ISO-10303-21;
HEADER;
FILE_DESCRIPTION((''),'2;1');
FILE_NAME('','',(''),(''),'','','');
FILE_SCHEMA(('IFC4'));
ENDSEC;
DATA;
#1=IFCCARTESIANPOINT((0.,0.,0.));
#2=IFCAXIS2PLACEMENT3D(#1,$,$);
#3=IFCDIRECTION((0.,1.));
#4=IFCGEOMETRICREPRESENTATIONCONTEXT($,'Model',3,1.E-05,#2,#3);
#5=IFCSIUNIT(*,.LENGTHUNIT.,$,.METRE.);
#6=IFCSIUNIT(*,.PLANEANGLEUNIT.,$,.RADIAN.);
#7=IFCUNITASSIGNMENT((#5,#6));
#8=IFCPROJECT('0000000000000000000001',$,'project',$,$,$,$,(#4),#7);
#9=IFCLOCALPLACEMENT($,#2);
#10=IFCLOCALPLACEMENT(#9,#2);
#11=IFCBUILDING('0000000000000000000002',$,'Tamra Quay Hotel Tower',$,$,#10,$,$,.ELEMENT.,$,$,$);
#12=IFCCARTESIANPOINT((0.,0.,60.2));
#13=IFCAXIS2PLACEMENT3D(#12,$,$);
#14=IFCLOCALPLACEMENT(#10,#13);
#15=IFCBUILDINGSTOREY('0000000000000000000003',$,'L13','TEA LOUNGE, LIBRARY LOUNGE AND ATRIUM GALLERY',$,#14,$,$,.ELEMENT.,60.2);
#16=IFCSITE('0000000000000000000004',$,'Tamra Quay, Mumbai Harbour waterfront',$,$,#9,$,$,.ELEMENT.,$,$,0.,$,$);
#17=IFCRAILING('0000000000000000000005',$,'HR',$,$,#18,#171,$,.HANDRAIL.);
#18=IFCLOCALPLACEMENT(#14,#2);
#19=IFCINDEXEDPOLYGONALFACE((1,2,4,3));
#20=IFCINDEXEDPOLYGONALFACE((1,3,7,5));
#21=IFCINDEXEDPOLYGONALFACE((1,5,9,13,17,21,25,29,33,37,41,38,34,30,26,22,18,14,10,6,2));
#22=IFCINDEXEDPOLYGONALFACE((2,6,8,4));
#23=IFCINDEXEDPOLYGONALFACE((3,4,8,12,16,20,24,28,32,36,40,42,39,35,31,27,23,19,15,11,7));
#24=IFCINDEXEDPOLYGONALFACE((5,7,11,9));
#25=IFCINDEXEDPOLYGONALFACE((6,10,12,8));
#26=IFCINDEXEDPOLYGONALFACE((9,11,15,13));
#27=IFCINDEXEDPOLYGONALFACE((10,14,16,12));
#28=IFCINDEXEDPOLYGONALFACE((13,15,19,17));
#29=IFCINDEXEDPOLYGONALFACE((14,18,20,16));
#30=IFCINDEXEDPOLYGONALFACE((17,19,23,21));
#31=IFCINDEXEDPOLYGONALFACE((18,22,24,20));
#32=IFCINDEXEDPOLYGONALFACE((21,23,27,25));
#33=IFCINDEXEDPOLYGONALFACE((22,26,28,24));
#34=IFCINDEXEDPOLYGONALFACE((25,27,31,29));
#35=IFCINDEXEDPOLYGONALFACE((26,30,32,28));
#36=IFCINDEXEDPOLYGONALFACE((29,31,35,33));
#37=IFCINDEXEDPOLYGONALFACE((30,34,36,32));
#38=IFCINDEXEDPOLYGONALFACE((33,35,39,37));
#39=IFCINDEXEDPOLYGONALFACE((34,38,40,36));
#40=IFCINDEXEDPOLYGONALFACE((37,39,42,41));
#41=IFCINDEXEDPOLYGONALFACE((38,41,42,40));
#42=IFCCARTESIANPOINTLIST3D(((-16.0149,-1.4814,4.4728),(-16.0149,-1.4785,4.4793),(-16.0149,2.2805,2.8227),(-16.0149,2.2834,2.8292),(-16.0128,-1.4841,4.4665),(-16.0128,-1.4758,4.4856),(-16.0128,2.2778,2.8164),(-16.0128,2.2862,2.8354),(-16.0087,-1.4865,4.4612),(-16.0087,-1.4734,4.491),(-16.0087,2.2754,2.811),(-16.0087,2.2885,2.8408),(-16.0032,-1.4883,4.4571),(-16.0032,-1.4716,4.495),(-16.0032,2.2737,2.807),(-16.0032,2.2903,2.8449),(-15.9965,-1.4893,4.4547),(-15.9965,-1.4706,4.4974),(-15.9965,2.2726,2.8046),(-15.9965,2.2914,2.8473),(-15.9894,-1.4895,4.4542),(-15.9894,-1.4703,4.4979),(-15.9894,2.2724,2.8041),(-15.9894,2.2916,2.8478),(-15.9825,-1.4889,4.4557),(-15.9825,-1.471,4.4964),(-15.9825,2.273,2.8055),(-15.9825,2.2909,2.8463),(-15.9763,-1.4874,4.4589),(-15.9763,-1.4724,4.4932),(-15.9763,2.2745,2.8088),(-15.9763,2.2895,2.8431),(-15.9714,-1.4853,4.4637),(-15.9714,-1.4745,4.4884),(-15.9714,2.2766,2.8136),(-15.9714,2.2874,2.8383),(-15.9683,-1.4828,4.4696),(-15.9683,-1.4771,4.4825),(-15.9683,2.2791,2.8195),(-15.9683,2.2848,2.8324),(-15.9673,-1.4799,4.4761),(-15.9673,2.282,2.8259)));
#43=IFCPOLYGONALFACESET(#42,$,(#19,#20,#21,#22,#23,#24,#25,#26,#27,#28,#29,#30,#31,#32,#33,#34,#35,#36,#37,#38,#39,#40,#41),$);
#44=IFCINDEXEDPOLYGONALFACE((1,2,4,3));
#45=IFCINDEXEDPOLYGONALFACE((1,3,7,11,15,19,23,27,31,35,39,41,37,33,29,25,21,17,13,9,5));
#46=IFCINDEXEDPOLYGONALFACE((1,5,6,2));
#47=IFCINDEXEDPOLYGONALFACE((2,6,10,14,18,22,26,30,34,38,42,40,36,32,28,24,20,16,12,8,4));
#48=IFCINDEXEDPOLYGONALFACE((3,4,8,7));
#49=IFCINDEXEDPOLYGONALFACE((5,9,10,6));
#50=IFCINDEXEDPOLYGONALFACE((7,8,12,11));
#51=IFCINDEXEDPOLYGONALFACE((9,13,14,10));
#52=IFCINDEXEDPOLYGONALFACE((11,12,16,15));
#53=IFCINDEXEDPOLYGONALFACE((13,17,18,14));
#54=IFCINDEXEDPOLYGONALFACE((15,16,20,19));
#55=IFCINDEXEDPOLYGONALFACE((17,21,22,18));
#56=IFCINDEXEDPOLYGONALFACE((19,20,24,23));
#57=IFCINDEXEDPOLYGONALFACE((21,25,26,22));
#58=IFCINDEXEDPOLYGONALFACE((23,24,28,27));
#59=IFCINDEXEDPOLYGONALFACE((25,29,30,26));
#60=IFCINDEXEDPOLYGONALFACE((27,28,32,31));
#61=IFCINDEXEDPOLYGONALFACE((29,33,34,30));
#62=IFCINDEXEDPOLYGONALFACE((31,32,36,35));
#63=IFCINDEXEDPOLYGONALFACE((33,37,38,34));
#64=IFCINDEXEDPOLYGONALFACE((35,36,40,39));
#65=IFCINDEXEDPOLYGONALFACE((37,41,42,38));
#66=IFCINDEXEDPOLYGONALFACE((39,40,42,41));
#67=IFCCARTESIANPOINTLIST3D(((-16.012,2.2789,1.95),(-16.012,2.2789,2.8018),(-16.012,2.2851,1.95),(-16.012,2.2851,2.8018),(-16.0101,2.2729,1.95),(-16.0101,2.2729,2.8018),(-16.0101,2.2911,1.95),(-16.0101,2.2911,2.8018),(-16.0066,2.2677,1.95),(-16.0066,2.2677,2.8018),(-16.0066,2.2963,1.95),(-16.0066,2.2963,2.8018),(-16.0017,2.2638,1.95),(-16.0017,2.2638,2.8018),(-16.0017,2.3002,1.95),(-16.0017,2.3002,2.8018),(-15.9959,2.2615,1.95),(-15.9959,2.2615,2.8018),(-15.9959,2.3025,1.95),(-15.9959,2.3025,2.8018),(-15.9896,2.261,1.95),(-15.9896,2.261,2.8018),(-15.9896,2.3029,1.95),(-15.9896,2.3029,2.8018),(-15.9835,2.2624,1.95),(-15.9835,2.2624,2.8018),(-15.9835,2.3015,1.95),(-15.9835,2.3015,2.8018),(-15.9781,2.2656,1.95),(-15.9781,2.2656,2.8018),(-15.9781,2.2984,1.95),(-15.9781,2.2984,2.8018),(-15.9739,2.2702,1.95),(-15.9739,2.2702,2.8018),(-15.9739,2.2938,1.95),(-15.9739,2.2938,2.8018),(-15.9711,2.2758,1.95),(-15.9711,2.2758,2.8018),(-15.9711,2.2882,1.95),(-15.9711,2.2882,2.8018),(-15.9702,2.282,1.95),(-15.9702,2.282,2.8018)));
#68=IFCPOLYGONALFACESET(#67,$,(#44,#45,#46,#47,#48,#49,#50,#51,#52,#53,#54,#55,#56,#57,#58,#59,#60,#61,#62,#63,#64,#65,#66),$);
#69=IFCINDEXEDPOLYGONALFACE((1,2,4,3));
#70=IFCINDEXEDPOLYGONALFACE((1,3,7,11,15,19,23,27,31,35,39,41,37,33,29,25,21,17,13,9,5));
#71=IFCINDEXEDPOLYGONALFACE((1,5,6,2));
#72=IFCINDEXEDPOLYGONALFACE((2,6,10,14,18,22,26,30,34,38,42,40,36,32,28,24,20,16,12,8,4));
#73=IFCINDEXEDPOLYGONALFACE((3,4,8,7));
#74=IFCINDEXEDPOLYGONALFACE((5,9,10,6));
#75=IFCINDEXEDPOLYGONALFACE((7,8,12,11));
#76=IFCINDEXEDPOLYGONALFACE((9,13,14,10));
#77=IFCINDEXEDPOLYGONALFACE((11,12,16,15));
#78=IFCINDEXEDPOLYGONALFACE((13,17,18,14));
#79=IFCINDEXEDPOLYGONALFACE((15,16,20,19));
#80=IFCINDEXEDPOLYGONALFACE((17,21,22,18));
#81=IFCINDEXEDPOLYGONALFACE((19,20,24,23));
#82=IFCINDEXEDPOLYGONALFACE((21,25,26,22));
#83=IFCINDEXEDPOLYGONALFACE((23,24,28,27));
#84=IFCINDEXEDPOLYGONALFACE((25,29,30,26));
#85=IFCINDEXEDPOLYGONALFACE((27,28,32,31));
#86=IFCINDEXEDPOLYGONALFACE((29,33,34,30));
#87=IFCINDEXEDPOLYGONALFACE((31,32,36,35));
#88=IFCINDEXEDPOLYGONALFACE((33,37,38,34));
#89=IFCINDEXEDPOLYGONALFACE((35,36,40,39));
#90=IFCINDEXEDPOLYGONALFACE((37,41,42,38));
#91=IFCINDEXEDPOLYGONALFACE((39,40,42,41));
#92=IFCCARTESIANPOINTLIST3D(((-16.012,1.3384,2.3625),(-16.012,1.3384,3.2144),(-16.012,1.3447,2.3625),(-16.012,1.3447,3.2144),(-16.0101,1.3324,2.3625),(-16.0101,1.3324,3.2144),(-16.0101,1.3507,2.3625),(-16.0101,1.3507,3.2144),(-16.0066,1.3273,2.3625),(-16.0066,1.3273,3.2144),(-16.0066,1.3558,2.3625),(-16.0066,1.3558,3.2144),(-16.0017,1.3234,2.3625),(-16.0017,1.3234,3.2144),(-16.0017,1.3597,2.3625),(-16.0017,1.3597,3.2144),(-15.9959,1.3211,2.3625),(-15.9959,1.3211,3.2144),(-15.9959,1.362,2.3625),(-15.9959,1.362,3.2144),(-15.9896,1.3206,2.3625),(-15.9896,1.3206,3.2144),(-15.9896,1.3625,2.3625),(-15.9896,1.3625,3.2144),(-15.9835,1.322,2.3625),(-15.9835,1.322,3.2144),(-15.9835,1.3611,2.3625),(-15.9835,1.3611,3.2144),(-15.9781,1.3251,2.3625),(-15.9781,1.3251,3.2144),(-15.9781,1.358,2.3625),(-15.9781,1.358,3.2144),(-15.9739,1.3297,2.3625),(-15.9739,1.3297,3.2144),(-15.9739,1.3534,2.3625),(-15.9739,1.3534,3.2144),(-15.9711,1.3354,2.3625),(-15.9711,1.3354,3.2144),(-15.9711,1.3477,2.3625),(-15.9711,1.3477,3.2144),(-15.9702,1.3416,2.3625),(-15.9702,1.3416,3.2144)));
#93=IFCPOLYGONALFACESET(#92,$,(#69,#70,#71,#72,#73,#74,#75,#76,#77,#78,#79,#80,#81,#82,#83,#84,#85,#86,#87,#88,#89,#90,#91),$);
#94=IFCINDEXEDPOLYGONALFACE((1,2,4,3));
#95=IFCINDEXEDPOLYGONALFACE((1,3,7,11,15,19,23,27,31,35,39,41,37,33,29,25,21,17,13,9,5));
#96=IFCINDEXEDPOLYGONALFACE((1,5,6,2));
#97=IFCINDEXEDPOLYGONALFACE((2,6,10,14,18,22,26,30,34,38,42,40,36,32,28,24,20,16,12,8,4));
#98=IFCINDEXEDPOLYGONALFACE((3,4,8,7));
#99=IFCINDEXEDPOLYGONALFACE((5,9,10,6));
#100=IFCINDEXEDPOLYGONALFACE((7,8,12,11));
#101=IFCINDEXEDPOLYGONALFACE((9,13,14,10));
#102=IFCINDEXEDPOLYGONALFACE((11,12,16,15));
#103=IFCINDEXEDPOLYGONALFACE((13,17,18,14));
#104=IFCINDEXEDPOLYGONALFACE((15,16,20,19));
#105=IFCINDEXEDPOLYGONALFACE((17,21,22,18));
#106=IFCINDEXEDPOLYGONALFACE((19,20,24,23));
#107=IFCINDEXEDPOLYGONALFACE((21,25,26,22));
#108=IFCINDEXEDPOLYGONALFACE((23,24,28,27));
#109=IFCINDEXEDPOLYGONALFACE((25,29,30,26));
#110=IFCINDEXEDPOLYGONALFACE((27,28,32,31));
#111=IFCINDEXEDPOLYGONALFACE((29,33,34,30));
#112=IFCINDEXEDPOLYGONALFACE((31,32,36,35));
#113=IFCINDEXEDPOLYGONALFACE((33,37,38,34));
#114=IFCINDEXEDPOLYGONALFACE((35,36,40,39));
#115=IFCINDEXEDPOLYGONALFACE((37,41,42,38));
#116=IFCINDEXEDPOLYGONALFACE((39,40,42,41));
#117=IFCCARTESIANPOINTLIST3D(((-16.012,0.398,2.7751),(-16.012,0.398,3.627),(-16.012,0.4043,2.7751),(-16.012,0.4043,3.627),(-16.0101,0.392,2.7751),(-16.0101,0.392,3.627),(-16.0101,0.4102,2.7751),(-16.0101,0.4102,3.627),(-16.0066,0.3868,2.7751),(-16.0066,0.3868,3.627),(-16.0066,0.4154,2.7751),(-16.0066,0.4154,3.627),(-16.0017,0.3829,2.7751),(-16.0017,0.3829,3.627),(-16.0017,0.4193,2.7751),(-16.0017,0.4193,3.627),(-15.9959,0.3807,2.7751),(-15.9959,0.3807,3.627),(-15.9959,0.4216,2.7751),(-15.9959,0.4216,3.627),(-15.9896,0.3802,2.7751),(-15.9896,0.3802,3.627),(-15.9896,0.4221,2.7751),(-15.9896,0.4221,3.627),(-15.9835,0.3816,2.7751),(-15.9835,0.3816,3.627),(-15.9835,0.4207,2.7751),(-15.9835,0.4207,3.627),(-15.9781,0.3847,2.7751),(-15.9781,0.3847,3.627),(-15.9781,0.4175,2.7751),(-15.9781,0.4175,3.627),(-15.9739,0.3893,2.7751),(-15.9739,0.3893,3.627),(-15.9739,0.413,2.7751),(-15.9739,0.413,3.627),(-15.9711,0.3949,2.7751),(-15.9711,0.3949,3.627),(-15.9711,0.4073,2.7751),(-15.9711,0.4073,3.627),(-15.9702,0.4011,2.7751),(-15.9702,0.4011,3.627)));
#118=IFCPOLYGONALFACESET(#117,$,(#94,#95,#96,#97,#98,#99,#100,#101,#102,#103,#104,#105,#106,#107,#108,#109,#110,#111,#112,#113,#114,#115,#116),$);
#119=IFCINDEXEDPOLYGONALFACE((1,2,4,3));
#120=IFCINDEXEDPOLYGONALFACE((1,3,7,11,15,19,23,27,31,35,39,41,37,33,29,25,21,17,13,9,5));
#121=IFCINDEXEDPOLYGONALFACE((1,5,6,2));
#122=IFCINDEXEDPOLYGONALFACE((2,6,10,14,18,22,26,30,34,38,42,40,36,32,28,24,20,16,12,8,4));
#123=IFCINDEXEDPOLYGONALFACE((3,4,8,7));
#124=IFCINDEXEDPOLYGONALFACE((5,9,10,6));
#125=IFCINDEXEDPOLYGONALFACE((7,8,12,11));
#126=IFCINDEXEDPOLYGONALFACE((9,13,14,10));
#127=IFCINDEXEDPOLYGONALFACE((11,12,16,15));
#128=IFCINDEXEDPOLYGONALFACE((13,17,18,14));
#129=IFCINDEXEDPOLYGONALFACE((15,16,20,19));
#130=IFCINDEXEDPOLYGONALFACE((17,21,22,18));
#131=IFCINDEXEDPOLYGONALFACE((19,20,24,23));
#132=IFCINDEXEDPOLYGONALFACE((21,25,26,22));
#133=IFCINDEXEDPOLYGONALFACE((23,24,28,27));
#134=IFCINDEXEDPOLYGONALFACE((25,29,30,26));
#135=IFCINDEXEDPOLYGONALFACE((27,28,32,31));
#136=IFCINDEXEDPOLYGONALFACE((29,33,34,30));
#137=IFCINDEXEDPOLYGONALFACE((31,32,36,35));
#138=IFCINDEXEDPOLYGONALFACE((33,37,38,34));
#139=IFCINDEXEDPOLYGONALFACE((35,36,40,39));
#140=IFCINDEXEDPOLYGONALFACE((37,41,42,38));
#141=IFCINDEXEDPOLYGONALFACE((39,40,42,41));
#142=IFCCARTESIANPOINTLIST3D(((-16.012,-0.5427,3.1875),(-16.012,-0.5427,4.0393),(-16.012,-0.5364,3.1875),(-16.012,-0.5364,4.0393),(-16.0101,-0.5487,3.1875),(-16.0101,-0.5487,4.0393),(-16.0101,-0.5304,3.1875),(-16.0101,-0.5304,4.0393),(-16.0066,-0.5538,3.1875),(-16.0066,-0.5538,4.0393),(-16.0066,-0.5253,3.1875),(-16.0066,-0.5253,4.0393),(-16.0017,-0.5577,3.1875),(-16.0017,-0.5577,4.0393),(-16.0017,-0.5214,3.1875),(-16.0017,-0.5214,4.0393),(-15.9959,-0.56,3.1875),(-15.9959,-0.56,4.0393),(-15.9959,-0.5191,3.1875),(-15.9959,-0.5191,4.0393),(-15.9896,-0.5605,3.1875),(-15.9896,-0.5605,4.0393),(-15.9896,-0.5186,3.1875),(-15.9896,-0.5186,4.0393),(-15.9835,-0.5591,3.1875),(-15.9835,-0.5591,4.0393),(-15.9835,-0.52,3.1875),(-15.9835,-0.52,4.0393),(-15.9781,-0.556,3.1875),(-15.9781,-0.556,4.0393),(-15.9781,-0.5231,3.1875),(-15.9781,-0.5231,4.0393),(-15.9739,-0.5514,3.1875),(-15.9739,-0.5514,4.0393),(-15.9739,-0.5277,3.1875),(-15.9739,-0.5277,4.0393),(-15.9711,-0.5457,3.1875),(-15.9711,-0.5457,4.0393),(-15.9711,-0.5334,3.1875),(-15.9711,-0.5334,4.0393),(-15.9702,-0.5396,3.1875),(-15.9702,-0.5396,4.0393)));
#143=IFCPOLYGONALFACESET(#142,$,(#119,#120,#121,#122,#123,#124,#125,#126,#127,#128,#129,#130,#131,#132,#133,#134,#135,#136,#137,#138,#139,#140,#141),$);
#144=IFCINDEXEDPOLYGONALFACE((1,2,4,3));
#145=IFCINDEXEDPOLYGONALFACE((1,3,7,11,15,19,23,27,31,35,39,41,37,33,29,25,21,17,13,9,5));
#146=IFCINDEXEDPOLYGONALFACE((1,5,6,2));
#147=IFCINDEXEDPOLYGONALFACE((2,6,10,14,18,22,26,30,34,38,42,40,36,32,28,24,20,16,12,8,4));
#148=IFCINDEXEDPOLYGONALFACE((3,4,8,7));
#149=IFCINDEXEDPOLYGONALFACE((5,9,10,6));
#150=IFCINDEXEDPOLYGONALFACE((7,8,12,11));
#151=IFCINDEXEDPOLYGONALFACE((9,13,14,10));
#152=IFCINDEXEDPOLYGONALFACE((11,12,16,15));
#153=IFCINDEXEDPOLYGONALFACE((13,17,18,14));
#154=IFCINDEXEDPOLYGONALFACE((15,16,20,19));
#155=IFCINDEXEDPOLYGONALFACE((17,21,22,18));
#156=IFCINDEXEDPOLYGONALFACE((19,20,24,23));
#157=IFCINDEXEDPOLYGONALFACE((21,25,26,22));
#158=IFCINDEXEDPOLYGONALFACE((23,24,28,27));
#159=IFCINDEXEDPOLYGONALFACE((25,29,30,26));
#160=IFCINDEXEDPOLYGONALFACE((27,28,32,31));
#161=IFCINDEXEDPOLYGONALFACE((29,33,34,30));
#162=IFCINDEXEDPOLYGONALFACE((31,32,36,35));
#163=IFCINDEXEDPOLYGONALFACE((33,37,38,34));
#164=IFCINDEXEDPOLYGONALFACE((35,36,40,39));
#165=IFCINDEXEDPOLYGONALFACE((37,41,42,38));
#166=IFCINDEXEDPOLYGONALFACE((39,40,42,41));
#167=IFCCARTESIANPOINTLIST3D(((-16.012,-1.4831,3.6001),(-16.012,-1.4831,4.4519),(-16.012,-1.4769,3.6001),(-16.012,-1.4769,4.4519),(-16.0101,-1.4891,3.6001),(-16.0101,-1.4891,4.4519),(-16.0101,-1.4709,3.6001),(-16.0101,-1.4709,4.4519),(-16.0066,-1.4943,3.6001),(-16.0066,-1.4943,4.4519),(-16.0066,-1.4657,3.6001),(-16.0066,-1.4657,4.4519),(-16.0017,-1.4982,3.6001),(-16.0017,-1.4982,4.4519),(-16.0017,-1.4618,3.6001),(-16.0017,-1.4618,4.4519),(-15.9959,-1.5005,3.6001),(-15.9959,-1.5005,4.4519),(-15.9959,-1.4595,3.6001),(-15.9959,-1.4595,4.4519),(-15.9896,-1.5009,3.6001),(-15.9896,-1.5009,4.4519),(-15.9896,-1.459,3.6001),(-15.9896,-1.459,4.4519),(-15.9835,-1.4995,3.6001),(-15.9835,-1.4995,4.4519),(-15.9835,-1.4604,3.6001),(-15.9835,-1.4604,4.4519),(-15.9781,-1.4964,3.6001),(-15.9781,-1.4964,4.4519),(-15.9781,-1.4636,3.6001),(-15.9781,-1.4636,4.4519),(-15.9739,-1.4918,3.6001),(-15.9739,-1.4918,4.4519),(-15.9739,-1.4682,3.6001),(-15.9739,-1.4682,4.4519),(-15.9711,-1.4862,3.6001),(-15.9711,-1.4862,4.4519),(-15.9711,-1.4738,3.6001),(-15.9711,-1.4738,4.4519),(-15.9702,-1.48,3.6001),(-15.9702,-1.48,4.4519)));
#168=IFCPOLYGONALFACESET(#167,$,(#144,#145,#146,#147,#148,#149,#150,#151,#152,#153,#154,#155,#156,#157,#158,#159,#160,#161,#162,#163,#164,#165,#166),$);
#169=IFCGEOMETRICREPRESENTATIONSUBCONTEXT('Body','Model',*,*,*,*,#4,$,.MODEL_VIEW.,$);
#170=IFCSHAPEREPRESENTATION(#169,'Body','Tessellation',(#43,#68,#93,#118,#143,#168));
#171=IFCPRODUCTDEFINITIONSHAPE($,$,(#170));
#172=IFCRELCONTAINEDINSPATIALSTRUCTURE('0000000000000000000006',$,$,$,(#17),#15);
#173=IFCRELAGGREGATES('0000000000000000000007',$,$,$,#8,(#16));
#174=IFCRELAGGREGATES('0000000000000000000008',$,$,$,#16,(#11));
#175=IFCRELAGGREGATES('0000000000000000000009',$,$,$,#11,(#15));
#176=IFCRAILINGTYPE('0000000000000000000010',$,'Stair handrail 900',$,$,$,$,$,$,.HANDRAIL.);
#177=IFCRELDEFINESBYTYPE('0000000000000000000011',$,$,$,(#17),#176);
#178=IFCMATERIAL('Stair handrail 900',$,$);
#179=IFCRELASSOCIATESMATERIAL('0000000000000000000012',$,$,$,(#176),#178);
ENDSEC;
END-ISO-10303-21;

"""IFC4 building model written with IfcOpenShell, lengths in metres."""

from ifc_helpers import new_model, si_unit, direction, frame, origin, origin_2d, place, context, subcontext, project, spatial, circle, extrude, material, type_object, element, save


model = new_model("IFC4")

# Units and contexts
model_context = context("Model", 3, precision=1e-05, world=origin(), true_north=direction((0.0, 1.0)))
body_context = subcontext(model_context, "Body", "Model", "MODEL_VIEW")
ifc_project = project(units=[si_unit("LENGTHUNIT", "METRE"), si_unit("PLANEANGLEUNIT", "RADIAN")], contexts=[model_context])

# Site, building, storey
site_placement = place(None, origin())
site = spatial("IfcSite", under=ifc_project, at=site_placement, Name="Tamra Quay, Mumbai Harbour waterfront", CompositionType="ELEMENT", RefElevation=0.0)
building_placement = place(site_placement, origin())
building = spatial("IfcBuilding", under=site, at=building_placement, Name="Tamra Quay Hotel Tower", CompositionType="ELEMENT")
storey_placement = place(building_placement, frame((0.0, 0.0, 60.2)))
storey = spatial("IfcBuildingStorey", under=building, at=storey_placement, Name="L13", Description="TEA LOUNGE, LIBRARY LOUNGE AND ATRIUM GALLERY", CompositionType="ELEMENT", Elevation=60.2)

# Railing
ifc_material_1 = material(Name="Stair handrail 900")
railing_type = type_object("IfcRailingType", Name="Stair handrail 900", PredefinedType="HANDRAIL", material=ifc_material_1)
railing_1_placement = place(storey_placement, frame((-15.9912, 2.282, 1.95)))
element("IfcRailing", 1, at=railing_1_placement, inside=storey, type_object=railing_type, Name="HR", PredefinedType="HANDRAIL", context=body_context, shape_type="SweptSolid", body=[
    extrude(circle(Radius=0.0239, at=origin_2d()), frame((0.0, 0.0, 0.876), z_axis=(0.0, -0.915774, 0.401695), x_axis=(1.0, 0.0, 0.0)), (0.0, 0.0, 1.0), 4.1079),
    extrude(circle(Radius=0.021, at=origin_2d()), origin(), (0.0, 0.0, 1.0), 0.8518),
    extrude(circle(Radius=0.021, at=origin_2d()), frame((0.0, -0.9404, 0.4126)), (0.0, 0.0, 1.0), 0.8518),
    extrude(circle(Radius=0.021, at=origin_2d()), frame((0.0, -1.8809, 0.8252)), (0.0, 0.0, 1.0), 0.8518),
    extrude(circle(Radius=0.021, at=origin_2d()), frame((0.0, -2.8215, 1.2375)), (0.0, 0.0, 1.0), 0.8518),
    extrude(circle(Radius=0.021, at=origin_2d()), frame((0.0, -3.762, 1.6501)), (0.0, 0.0, 1.0), 0.8518),
])

save(model, "model.ifc")
